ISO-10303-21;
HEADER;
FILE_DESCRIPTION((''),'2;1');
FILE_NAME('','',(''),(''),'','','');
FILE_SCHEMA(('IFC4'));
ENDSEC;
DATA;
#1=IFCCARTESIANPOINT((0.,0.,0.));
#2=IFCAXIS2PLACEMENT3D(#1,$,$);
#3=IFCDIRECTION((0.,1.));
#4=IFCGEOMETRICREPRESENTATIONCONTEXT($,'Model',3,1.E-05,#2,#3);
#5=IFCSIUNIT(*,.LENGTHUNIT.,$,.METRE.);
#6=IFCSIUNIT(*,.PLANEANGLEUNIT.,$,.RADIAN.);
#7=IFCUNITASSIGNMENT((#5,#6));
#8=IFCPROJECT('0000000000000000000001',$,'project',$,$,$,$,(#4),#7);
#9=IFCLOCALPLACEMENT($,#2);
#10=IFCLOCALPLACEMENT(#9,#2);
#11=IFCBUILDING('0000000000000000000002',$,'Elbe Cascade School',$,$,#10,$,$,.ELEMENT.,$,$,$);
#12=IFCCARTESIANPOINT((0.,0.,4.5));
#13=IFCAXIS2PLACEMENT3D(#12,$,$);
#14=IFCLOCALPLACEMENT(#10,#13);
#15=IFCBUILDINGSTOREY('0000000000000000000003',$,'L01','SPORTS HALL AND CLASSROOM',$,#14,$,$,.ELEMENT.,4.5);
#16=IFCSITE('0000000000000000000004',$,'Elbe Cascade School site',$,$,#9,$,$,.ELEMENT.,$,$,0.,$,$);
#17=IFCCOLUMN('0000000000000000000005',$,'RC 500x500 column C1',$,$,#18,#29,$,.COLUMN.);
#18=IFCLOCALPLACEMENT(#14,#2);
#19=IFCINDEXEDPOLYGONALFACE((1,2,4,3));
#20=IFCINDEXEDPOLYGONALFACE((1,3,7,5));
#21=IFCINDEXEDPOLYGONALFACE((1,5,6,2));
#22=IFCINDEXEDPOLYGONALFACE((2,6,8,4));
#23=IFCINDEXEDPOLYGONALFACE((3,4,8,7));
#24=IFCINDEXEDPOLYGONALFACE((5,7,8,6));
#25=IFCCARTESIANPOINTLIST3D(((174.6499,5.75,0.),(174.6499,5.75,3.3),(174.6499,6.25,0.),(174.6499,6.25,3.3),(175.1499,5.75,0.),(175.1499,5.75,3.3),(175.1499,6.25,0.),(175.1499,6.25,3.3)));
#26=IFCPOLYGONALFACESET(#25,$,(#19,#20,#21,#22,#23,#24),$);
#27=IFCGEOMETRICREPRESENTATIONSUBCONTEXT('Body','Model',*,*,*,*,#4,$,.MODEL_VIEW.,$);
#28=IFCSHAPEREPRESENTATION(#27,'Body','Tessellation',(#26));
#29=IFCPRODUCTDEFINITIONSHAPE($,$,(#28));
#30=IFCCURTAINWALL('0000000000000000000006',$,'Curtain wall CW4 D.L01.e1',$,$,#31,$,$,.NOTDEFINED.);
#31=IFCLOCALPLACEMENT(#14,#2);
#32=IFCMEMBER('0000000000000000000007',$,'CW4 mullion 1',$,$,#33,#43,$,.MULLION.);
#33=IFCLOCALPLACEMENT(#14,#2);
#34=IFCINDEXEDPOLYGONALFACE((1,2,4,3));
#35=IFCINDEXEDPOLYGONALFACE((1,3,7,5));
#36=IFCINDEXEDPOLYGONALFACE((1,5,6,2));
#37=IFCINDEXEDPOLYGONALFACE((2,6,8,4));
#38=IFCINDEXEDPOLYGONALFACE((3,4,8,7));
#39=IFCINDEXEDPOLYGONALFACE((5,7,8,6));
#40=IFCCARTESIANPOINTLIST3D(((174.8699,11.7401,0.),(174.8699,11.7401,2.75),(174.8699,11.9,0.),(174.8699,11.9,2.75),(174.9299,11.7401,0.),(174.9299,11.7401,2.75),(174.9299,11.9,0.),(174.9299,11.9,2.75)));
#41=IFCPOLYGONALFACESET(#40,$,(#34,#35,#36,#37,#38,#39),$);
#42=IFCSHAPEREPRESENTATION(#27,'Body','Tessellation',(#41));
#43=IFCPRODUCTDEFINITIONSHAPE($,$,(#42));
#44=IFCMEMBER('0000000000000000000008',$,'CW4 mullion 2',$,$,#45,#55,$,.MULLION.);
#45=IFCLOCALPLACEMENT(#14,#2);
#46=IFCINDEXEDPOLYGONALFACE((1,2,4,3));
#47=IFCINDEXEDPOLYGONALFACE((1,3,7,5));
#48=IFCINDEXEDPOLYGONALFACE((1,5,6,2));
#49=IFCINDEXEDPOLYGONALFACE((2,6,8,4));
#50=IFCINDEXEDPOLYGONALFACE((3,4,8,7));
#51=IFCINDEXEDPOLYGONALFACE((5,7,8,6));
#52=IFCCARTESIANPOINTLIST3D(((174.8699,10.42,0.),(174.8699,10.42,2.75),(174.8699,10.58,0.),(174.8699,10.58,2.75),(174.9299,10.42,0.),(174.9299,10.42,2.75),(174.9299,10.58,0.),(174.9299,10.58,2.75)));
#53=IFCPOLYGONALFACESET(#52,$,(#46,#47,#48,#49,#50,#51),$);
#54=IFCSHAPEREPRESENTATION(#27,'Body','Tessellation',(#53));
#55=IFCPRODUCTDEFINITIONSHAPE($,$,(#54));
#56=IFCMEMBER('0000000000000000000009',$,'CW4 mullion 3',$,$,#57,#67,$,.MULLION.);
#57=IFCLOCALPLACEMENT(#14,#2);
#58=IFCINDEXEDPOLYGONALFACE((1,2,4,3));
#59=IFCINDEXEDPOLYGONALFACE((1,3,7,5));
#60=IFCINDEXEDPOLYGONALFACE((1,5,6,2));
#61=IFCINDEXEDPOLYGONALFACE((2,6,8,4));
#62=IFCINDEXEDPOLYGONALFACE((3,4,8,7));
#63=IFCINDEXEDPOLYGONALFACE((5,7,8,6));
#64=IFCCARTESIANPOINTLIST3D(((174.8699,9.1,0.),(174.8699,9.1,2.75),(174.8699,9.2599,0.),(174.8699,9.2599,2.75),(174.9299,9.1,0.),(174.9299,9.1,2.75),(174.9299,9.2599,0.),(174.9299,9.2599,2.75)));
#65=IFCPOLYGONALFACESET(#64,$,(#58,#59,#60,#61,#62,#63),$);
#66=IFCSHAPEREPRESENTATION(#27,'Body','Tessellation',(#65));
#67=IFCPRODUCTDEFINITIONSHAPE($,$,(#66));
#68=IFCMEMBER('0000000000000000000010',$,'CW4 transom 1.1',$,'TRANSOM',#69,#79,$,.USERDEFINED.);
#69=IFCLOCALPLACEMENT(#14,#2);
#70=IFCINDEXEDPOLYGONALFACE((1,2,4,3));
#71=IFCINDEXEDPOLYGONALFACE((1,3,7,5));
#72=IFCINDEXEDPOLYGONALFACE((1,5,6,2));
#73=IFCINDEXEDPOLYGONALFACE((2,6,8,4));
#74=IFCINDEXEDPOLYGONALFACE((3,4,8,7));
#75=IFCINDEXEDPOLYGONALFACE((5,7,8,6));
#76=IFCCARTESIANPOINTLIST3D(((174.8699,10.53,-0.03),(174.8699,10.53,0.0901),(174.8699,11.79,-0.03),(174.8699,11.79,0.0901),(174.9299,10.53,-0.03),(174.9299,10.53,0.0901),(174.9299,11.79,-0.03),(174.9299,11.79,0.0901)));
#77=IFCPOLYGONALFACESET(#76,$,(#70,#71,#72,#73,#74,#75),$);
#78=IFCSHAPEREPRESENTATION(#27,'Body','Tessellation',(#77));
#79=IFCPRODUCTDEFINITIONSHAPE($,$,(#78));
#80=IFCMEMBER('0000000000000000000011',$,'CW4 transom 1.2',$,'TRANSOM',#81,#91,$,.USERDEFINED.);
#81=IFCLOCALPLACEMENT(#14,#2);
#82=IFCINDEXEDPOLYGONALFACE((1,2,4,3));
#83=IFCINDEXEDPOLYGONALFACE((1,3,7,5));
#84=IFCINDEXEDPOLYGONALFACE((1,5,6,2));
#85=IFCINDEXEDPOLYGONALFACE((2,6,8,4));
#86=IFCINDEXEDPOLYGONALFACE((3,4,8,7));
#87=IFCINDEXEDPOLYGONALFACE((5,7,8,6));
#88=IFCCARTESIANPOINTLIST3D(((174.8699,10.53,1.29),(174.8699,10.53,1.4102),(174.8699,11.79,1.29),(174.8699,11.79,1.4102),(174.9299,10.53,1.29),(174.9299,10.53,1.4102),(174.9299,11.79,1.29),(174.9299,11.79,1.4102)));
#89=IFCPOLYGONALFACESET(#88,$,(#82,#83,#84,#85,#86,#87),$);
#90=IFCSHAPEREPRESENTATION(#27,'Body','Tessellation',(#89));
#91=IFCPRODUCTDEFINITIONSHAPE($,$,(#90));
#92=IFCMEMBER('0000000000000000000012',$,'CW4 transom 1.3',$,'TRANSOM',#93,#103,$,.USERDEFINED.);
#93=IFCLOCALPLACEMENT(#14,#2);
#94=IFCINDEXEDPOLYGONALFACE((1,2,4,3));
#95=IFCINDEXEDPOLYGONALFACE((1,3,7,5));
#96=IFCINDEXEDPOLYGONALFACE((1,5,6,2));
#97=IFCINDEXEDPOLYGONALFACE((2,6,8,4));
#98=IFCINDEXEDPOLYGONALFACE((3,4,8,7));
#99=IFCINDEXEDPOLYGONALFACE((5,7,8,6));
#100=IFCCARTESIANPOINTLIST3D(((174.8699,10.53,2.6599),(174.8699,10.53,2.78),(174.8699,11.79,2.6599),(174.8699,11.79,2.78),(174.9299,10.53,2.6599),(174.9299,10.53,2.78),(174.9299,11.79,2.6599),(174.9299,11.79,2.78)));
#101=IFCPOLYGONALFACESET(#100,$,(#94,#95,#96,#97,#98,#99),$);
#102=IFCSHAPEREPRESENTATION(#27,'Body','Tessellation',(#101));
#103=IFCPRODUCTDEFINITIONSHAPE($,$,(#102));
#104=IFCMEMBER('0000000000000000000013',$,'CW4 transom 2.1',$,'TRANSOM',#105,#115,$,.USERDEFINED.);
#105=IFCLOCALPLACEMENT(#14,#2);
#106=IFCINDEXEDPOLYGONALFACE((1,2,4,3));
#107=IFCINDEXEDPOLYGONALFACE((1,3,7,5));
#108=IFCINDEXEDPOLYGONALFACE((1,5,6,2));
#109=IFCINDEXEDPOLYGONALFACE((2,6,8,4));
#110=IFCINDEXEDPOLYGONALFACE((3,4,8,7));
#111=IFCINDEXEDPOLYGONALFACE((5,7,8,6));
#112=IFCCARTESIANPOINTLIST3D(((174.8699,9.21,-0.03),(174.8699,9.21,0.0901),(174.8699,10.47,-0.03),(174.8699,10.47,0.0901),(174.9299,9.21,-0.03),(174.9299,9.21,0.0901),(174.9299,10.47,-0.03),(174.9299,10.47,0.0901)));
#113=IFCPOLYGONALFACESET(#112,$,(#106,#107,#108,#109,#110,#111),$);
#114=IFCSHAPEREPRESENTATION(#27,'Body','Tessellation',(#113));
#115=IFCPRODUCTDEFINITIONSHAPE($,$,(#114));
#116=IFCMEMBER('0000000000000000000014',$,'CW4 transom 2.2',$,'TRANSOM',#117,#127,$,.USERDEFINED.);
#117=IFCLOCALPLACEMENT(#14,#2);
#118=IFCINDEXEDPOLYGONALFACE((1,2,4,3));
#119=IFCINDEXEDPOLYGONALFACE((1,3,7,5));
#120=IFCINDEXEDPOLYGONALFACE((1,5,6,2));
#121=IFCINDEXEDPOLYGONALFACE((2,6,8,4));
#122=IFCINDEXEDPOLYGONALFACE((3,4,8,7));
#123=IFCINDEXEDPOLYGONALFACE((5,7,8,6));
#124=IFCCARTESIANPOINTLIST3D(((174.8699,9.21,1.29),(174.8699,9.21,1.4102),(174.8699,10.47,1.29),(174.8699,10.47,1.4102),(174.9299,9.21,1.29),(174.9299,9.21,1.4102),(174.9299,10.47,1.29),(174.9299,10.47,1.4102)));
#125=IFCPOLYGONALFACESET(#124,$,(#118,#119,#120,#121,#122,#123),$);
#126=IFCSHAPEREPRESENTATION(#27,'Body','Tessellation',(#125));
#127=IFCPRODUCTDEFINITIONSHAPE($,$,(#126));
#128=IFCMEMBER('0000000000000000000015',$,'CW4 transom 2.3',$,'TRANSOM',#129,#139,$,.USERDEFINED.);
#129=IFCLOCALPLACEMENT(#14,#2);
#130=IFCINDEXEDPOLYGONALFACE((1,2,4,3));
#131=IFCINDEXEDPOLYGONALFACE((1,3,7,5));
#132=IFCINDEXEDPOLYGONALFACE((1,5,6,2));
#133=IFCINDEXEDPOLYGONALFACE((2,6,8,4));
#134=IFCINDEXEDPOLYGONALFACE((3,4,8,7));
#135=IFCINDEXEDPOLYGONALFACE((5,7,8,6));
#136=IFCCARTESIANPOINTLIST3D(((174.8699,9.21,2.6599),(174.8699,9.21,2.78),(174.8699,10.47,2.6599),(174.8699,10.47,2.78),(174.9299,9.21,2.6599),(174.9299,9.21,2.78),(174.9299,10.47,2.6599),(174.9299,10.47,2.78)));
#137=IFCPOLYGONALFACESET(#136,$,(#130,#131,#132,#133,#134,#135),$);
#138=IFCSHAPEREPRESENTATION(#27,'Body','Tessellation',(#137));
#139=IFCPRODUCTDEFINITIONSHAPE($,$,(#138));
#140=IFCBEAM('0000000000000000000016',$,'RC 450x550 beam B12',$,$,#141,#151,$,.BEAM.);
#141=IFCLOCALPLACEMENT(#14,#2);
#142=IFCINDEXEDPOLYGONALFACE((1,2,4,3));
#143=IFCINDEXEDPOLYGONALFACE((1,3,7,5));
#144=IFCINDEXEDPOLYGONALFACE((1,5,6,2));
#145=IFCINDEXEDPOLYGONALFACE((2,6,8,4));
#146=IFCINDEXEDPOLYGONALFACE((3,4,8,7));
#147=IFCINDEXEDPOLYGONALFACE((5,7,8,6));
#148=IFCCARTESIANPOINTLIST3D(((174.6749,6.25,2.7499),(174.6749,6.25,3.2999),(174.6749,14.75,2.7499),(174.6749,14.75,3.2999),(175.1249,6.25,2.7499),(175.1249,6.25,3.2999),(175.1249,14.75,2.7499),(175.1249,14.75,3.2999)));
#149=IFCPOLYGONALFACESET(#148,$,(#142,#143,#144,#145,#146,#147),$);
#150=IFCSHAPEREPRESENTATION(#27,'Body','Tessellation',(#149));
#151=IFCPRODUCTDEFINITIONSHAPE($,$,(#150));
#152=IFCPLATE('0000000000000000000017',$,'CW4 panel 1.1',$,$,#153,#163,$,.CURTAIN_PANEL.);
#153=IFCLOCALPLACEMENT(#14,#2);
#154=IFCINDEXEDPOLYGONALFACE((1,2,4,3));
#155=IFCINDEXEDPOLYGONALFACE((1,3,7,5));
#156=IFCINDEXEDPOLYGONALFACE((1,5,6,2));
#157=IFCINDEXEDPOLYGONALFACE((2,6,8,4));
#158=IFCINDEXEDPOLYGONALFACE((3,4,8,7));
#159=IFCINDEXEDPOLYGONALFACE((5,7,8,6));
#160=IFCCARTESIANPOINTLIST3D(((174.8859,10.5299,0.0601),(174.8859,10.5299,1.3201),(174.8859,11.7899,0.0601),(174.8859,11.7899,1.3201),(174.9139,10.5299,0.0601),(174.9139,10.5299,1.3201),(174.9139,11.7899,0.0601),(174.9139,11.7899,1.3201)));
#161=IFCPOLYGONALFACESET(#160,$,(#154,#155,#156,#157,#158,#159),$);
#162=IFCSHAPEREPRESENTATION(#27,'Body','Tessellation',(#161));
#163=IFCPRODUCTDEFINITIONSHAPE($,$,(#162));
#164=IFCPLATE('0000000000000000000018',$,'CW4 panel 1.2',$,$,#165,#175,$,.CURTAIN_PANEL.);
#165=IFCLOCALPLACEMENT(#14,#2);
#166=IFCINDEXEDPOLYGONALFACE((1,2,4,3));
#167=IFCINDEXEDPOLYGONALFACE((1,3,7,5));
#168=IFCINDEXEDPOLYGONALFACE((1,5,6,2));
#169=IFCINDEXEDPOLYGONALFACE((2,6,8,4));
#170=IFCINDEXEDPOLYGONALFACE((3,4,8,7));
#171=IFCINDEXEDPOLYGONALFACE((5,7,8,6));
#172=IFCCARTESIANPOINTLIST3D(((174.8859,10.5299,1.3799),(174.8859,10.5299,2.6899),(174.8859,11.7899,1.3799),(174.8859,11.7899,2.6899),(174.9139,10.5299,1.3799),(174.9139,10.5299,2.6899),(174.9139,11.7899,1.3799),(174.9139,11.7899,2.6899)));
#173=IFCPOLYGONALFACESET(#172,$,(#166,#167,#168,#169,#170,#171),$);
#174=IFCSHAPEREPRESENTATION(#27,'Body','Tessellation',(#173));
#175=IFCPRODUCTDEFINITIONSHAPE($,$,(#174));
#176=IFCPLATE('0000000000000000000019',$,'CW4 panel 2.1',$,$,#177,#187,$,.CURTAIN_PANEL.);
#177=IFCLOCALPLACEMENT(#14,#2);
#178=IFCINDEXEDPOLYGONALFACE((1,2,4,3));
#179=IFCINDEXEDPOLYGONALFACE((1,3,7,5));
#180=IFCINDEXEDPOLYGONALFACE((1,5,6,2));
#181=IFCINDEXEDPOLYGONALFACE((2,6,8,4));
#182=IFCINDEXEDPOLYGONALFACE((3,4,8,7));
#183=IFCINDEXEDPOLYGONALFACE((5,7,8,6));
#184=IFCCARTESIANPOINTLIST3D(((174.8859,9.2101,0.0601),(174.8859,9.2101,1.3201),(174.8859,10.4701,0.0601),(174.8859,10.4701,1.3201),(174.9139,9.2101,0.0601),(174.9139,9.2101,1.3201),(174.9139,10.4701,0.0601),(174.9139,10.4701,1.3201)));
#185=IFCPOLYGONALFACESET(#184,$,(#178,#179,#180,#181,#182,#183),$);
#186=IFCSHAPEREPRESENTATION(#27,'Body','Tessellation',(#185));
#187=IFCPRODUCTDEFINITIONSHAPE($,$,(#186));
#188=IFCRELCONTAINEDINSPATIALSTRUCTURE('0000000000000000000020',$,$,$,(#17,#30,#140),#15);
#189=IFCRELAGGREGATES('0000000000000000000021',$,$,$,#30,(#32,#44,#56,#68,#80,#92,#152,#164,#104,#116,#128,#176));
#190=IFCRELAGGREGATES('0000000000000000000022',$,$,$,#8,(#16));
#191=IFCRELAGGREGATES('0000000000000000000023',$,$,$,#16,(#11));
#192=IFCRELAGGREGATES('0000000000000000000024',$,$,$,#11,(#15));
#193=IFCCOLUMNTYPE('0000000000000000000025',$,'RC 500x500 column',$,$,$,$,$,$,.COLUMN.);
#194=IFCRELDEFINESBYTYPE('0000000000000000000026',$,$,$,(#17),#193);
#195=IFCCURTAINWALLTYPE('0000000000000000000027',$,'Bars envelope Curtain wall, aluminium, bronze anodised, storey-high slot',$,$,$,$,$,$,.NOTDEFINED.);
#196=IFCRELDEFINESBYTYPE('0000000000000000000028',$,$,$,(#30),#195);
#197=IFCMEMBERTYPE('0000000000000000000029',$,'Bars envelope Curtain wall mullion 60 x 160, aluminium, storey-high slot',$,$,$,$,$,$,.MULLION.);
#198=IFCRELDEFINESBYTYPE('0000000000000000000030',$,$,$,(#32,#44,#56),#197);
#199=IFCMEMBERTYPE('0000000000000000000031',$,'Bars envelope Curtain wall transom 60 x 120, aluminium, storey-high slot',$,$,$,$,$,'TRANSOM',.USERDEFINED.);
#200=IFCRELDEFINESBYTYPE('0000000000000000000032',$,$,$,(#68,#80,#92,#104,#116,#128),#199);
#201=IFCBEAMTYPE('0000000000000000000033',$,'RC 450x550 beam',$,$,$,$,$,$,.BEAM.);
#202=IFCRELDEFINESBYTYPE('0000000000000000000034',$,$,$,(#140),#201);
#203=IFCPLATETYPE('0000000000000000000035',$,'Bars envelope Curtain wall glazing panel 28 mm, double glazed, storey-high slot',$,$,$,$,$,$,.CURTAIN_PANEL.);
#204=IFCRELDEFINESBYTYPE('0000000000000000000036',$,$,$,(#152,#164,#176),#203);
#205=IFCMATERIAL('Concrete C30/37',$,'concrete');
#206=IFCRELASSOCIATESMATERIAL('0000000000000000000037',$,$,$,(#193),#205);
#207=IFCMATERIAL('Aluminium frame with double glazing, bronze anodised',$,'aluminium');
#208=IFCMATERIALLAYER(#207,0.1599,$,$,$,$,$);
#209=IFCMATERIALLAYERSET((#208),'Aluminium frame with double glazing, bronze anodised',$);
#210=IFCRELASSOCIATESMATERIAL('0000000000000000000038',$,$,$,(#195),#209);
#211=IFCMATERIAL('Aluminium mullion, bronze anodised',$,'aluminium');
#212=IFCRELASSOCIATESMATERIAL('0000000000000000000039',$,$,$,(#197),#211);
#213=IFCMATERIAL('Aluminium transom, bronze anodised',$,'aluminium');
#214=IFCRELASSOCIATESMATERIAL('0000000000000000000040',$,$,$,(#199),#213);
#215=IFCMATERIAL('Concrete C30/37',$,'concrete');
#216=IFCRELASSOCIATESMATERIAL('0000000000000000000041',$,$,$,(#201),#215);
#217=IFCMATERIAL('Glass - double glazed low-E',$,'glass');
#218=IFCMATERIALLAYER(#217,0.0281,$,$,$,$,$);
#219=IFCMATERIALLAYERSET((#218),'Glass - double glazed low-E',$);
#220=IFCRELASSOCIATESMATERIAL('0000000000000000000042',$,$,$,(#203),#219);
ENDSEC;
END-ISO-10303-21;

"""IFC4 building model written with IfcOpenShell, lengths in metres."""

from ifc_helpers import new_model, si_unit, direction, frame, origin, origin_2d, place, context, subcontext, project, spatial, rectangle, extrude, material, layer, layer_set, material_profile, profile_set, type_object, element, aggregate, save


model = new_model("IFC4")

# Units and contexts
model_context = context("Model", 3, precision=1e-05, world=origin(), true_north=direction((0.0, 1.0)))
body_context = subcontext(model_context, "Body", "Model", "MODEL_VIEW")
ifc_project = project(units=[si_unit("LENGTHUNIT", "METRE"), si_unit("PLANEANGLEUNIT", "RADIAN")], contexts=[model_context])

# Site, building, storey
site_placement = place(None, origin())
site = spatial("IfcSite", under=ifc_project, at=site_placement, Name="Elbe Cascade School site", CompositionType="ELEMENT", RefElevation=0.0)
building_placement = place(site_placement, origin())
building = spatial("IfcBuilding", under=site, at=building_placement, Name="Elbe Cascade School", CompositionType="ELEMENT")
storey_placement = place(building_placement, frame((0.0, 0.0, 4.5)))
storey = spatial("IfcBuildingStorey", under=building, at=storey_placement, Name="L01", Description="SPORTS HALL AND CLASSROOM", CompositionType="ELEMENT", Elevation=4.5)

# Column
ifc_material_1 = material(Name="Concrete C30/37", Category="concrete")
ifc_material_profile_1 = material_profile(ifc_material_1, rectangle(XDim=0.5, YDim=0.5, at=origin_2d()), Name="RC 500x500")
ifc_profile_set_1 = profile_set([ifc_material_profile_1], Name="Concrete C30/37")
column_type = type_object("IfcColumnType", Name="RC 500x500 column", PredefinedType="COLUMN", material=ifc_profile_set_1)
column_placement = place(storey_placement, frame((174.8999, 6.0, 0.0), z_axis=(0.0, 0.0, 1.0), x_axis=(1.0, 0.0, 0.0)))
element("IfcColumn", 1, at=column_placement, inside=storey, type_object=column_type, Name="RC 500x500 column C1", PredefinedType="COLUMN", context=body_context, shape_type="SweptSolid", body=[
    extrude(rectangle(XDim=0.5, YDim=0.5, at=origin_2d()), origin(), (0.0, 0.0, 1.0), 3.3),
])

# Curtain wall, members
ifc_material_2 = material(Name="Aluminium frame with double glazing, bronze anodised", Category="aluminium")
ifc_layer_1 = layer(ifc_material_2, 0.1599)
ifc_layer_set_1 = layer_set([ifc_layer_1], Name="Aluminium frame with double glazing, bronze anodised")
curtain_wall_type = type_object("IfcCurtainWallType", Name="Bars envelope Curtain wall, aluminium, bronze anodised, storey-high slot", PredefinedType="NOTDEFINED", material=ifc_layer_set_1)
curtain_wall_placement = place(storey_placement, origin())
curtain_wall = element("IfcCurtainWall", 2, at=curtain_wall_placement, inside=storey, type_object=curtain_wall_type, Name="Curtain wall CW4 D.L01.e1", PredefinedType="NOTDEFINED")
ifc_material_3 = material(Name="Aluminium mullion, bronze anodised", Category="aluminium")
ifc_material_profile_2 = material_profile(ifc_material_3, rectangle(XDim=0.0601, YDim=0.1599, at=origin_2d()), Name="Bars envelope Curtain wall mullion 60 x 160, aluminium, storey-high slot")
ifc_profile_set_2 = profile_set([ifc_material_profile_2], Name="Aluminium mullion, bronze anodised")
member_type_1 = type_object("IfcMemberType", Name="Bars envelope Curtain wall mullion 60 x 160, aluminium, storey-high slot", PredefinedType="MULLION", material=ifc_profile_set_2)
member_1_placement = place(storey_placement, frame((174.8999, 11.8201, 0.0), z_axis=(0.0, 0.0, 1.0), x_axis=(1.0, 0.0, 0.0)))
member_1 = element("IfcMember", 3, at=member_1_placement, type_object=member_type_1, Name="CW4 mullion 1", PredefinedType="MULLION", context=body_context, shape_type="SweptSolid", body=[
    extrude(rectangle(XDim=0.0601, YDim=0.1599, at=origin_2d()), origin(), (0.0, 0.0, 1.0), 2.75),
])
member_2_placement = place(storey_placement, frame((174.8999, 10.5, 0.0), z_axis=(0.0, 0.0, 1.0), x_axis=(1.0, 0.0, 0.0)))
member_2 = element("IfcMember", 4, at=member_2_placement, type_object=member_type_1, Name="CW4 mullion 2", PredefinedType="MULLION", context=body_context, shape_type="SweptSolid", body=[
    extrude(rectangle(XDim=0.0601, YDim=0.1599, at=origin_2d()), origin(), (0.0, 0.0, 1.0), 2.75),
])
member_3_placement = place(storey_placement, frame((174.8999, 9.1799, 0.0), z_axis=(0.0, 0.0, 1.0), x_axis=(1.0, 0.0, 0.0)))
member_3 = element("IfcMember", 5, at=member_3_placement, type_object=member_type_1, Name="CW4 mullion 3", PredefinedType="MULLION", context=body_context, shape_type="SweptSolid", body=[
    extrude(rectangle(XDim=0.0601, YDim=0.1599, at=origin_2d()), origin(), (0.0, 0.0, 1.0), 2.75),
])
ifc_material_4 = material(Name="Aluminium transom, bronze anodised", Category="aluminium")
ifc_material_profile_3 = material_profile(ifc_material_4, rectangle(XDim=0.0601, YDim=0.1201, at=origin_2d()), Name="Bars envelope Curtain wall transom 60 x 120, aluminium, storey-high slot")
ifc_profile_set_3 = profile_set([ifc_material_profile_3], Name="Aluminium transom, bronze anodised")
member_type_2 = type_object("IfcMemberType", Name="Bars envelope Curtain wall transom 60 x 120, aluminium, storey-high slot", ElementType="TRANSOM", PredefinedType="USERDEFINED", material=ifc_profile_set_3)
member_4_placement = place(storey_placement, frame((174.8999, 11.79, 0.03), z_axis=(0.0, -1.0, 0.0), x_axis=(1.0, 0.0, 0.0)))
member_4 = element("IfcMember", 6, at=member_4_placement, type_object=member_type_2, Name="CW4 transom 1.1", ObjectType="TRANSOM", PredefinedType="USERDEFINED", context=body_context, shape_type="SweptSolid", body=[
    extrude(rectangle(XDim=0.0601, YDim=0.1201, at=origin_2d()), origin(), (0.0, 0.0, 1.0), 1.26),
])
member_5_placement = place(storey_placement, frame((174.8999, 11.79, 1.3501), z_axis=(0.0, -1.0, 0.0), x_axis=(1.0, 0.0, 0.0)))
member_5 = element("IfcMember", 7, at=member_5_placement, type_object=member_type_2, Name="CW4 transom 1.2", ObjectType="TRANSOM", PredefinedType="USERDEFINED", context=body_context, shape_type="SweptSolid", body=[
    extrude(rectangle(XDim=0.0601, YDim=0.1201, at=origin_2d()), origin(), (0.0, 0.0, 1.0), 1.26),
])
member_6_placement = place(storey_placement, frame((174.8999, 11.79, 2.72), z_axis=(0.0, -1.0, 0.0), x_axis=(1.0, 0.0, 0.0)))
member_6 = element("IfcMember", 8, at=member_6_placement, type_object=member_type_2, Name="CW4 transom 1.3", ObjectType="TRANSOM", PredefinedType="USERDEFINED", context=body_context, shape_type="SweptSolid", body=[
    extrude(rectangle(XDim=0.0601, YDim=0.1201, at=origin_2d()), origin(), (0.0, 0.0, 1.0), 1.26),
])
member_7_placement = place(storey_placement, frame((174.8999, 10.47, 0.03), z_axis=(0.0, -1.0, 0.0), x_axis=(1.0, 0.0, 0.0)))
member_7 = element("IfcMember", 9, at=member_7_placement, type_object=member_type_2, Name="CW4 transom 2.1", ObjectType="TRANSOM", PredefinedType="USERDEFINED", context=body_context, shape_type="SweptSolid", body=[
    extrude(rectangle(XDim=0.0601, YDim=0.1201, at=origin_2d()), origin(), (0.0, 0.0, 1.0), 1.26),
])
member_8_placement = place(storey_placement, frame((174.8999, 10.47, 1.3501), z_axis=(0.0, -1.0, 0.0), x_axis=(1.0, 0.0, 0.0)))
member_8 = element("IfcMember", 10, at=member_8_placement, type_object=member_type_2, Name="CW4 transom 2.2", ObjectType="TRANSOM", PredefinedType="USERDEFINED", context=body_context, shape_type="SweptSolid", body=[
    extrude(rectangle(XDim=0.0601, YDim=0.1201, at=origin_2d()), origin(), (0.0, 0.0, 1.0), 1.26),
])
member_9_placement = place(storey_placement, frame((174.8999, 10.47, 2.72), z_axis=(0.0, -1.0, 0.0), x_axis=(1.0, 0.0, 0.0)))
member_9 = element("IfcMember", 11, at=member_9_placement, type_object=member_type_2, Name="CW4 transom 2.3", ObjectType="TRANSOM", PredefinedType="USERDEFINED", context=body_context, shape_type="SweptSolid", body=[
    extrude(rectangle(XDim=0.0601, YDim=0.1201, at=origin_2d()), origin(), (0.0, 0.0, 1.0), 1.26),
])

# Beam
ifc_material_5 = material(Name="Concrete C30/37", Category="concrete")
ifc_material_profile_4 = material_profile(ifc_material_5, rectangle(XDim=0.45, YDim=0.55, at=origin_2d()), Name="RC 450x550")
ifc_profile_set_4 = profile_set([ifc_material_profile_4], Name="Concrete C30/37")
beam_type = type_object("IfcBeamType", Name="RC 450x550 beam", PredefinedType="BEAM", material=ifc_profile_set_4)
beam_placement = place(storey_placement, frame((174.8999, 6.25, 3.0249), z_axis=(0.0, 1.0, 0.0), x_axis=(-1.0, 0.0, 0.0)))
element("IfcBeam", 12, at=beam_placement, inside=storey, type_object=beam_type, Name="RC 450x550 beam B12", PredefinedType="BEAM", context=body_context, shape_type="SweptSolid", body=[
    extrude(rectangle(XDim=0.45, YDim=0.55, at=origin_2d()), origin(), (0.0, 0.0, 1.0), 8.5),
])

# Plates
ifc_material_6 = material(Name="Glass - double glazed low-E", Category="glass")
ifc_layer_2 = layer(ifc_material_6, 0.0281)
ifc_layer_set_2 = layer_set([ifc_layer_2], Name="Glass - double glazed low-E")
plate_type = type_object("IfcPlateType", Name="Bars envelope Curtain wall glazing panel 28 mm, double glazed, storey-high slot", PredefinedType="CURTAIN_PANEL", material=ifc_layer_set_2)
plate_1_placement = place(storey_placement, frame((174.8999, 11.1599, 0.0601), z_axis=(0.0, 0.0, 1.0), x_axis=(0.0, -1.0, 0.0)))
plate_1 = element("IfcPlate", 13, at=plate_1_placement, type_object=plate_type, Name="CW4 panel 1.1", PredefinedType="CURTAIN_PANEL", context=body_context, shape_type="SweptSolid", body=[
    extrude(rectangle(XDim=1.26, YDim=0.0281, at=origin_2d()), origin(), (0.0, 0.0, 1.0), 1.26),
])
plate_2_placement = place(storey_placement, frame((174.8999, 11.1599, 1.3799), z_axis=(0.0, 0.0, 1.0), x_axis=(0.0, -1.0, 0.0)))
plate_2 = element("IfcPlate", 14, at=plate_2_placement, type_object=plate_type, Name="CW4 panel 1.2", PredefinedType="CURTAIN_PANEL", context=body_context, shape_type="SweptSolid", body=[
    extrude(rectangle(XDim=1.26, YDim=0.0281, at=origin_2d()), origin(), (0.0, 0.0, 1.0), 1.3101),
])
plate_3_placement = place(storey_placement, frame((174.8999, 9.8401, 0.0601), z_axis=(0.0, 0.0, 1.0), x_axis=(0.0, -1.0, 0.0)))
plate_3 = element("IfcPlate", 15, at=plate_3_placement, type_object=plate_type, Name="CW4 panel 2.1", PredefinedType="CURTAIN_PANEL", context=body_context, shape_type="SweptSolid", body=[
    extrude(rectangle(XDim=1.26, YDim=0.0281, at=origin_2d()), origin(), (0.0, 0.0, 1.0), 1.26),
])
aggregate(curtain_wall, [member_1, member_2, member_3, member_4, member_5, member_6, plate_1, plate_2, member_7, member_8, member_9, plate_3])

save(model, "model.ifc")
